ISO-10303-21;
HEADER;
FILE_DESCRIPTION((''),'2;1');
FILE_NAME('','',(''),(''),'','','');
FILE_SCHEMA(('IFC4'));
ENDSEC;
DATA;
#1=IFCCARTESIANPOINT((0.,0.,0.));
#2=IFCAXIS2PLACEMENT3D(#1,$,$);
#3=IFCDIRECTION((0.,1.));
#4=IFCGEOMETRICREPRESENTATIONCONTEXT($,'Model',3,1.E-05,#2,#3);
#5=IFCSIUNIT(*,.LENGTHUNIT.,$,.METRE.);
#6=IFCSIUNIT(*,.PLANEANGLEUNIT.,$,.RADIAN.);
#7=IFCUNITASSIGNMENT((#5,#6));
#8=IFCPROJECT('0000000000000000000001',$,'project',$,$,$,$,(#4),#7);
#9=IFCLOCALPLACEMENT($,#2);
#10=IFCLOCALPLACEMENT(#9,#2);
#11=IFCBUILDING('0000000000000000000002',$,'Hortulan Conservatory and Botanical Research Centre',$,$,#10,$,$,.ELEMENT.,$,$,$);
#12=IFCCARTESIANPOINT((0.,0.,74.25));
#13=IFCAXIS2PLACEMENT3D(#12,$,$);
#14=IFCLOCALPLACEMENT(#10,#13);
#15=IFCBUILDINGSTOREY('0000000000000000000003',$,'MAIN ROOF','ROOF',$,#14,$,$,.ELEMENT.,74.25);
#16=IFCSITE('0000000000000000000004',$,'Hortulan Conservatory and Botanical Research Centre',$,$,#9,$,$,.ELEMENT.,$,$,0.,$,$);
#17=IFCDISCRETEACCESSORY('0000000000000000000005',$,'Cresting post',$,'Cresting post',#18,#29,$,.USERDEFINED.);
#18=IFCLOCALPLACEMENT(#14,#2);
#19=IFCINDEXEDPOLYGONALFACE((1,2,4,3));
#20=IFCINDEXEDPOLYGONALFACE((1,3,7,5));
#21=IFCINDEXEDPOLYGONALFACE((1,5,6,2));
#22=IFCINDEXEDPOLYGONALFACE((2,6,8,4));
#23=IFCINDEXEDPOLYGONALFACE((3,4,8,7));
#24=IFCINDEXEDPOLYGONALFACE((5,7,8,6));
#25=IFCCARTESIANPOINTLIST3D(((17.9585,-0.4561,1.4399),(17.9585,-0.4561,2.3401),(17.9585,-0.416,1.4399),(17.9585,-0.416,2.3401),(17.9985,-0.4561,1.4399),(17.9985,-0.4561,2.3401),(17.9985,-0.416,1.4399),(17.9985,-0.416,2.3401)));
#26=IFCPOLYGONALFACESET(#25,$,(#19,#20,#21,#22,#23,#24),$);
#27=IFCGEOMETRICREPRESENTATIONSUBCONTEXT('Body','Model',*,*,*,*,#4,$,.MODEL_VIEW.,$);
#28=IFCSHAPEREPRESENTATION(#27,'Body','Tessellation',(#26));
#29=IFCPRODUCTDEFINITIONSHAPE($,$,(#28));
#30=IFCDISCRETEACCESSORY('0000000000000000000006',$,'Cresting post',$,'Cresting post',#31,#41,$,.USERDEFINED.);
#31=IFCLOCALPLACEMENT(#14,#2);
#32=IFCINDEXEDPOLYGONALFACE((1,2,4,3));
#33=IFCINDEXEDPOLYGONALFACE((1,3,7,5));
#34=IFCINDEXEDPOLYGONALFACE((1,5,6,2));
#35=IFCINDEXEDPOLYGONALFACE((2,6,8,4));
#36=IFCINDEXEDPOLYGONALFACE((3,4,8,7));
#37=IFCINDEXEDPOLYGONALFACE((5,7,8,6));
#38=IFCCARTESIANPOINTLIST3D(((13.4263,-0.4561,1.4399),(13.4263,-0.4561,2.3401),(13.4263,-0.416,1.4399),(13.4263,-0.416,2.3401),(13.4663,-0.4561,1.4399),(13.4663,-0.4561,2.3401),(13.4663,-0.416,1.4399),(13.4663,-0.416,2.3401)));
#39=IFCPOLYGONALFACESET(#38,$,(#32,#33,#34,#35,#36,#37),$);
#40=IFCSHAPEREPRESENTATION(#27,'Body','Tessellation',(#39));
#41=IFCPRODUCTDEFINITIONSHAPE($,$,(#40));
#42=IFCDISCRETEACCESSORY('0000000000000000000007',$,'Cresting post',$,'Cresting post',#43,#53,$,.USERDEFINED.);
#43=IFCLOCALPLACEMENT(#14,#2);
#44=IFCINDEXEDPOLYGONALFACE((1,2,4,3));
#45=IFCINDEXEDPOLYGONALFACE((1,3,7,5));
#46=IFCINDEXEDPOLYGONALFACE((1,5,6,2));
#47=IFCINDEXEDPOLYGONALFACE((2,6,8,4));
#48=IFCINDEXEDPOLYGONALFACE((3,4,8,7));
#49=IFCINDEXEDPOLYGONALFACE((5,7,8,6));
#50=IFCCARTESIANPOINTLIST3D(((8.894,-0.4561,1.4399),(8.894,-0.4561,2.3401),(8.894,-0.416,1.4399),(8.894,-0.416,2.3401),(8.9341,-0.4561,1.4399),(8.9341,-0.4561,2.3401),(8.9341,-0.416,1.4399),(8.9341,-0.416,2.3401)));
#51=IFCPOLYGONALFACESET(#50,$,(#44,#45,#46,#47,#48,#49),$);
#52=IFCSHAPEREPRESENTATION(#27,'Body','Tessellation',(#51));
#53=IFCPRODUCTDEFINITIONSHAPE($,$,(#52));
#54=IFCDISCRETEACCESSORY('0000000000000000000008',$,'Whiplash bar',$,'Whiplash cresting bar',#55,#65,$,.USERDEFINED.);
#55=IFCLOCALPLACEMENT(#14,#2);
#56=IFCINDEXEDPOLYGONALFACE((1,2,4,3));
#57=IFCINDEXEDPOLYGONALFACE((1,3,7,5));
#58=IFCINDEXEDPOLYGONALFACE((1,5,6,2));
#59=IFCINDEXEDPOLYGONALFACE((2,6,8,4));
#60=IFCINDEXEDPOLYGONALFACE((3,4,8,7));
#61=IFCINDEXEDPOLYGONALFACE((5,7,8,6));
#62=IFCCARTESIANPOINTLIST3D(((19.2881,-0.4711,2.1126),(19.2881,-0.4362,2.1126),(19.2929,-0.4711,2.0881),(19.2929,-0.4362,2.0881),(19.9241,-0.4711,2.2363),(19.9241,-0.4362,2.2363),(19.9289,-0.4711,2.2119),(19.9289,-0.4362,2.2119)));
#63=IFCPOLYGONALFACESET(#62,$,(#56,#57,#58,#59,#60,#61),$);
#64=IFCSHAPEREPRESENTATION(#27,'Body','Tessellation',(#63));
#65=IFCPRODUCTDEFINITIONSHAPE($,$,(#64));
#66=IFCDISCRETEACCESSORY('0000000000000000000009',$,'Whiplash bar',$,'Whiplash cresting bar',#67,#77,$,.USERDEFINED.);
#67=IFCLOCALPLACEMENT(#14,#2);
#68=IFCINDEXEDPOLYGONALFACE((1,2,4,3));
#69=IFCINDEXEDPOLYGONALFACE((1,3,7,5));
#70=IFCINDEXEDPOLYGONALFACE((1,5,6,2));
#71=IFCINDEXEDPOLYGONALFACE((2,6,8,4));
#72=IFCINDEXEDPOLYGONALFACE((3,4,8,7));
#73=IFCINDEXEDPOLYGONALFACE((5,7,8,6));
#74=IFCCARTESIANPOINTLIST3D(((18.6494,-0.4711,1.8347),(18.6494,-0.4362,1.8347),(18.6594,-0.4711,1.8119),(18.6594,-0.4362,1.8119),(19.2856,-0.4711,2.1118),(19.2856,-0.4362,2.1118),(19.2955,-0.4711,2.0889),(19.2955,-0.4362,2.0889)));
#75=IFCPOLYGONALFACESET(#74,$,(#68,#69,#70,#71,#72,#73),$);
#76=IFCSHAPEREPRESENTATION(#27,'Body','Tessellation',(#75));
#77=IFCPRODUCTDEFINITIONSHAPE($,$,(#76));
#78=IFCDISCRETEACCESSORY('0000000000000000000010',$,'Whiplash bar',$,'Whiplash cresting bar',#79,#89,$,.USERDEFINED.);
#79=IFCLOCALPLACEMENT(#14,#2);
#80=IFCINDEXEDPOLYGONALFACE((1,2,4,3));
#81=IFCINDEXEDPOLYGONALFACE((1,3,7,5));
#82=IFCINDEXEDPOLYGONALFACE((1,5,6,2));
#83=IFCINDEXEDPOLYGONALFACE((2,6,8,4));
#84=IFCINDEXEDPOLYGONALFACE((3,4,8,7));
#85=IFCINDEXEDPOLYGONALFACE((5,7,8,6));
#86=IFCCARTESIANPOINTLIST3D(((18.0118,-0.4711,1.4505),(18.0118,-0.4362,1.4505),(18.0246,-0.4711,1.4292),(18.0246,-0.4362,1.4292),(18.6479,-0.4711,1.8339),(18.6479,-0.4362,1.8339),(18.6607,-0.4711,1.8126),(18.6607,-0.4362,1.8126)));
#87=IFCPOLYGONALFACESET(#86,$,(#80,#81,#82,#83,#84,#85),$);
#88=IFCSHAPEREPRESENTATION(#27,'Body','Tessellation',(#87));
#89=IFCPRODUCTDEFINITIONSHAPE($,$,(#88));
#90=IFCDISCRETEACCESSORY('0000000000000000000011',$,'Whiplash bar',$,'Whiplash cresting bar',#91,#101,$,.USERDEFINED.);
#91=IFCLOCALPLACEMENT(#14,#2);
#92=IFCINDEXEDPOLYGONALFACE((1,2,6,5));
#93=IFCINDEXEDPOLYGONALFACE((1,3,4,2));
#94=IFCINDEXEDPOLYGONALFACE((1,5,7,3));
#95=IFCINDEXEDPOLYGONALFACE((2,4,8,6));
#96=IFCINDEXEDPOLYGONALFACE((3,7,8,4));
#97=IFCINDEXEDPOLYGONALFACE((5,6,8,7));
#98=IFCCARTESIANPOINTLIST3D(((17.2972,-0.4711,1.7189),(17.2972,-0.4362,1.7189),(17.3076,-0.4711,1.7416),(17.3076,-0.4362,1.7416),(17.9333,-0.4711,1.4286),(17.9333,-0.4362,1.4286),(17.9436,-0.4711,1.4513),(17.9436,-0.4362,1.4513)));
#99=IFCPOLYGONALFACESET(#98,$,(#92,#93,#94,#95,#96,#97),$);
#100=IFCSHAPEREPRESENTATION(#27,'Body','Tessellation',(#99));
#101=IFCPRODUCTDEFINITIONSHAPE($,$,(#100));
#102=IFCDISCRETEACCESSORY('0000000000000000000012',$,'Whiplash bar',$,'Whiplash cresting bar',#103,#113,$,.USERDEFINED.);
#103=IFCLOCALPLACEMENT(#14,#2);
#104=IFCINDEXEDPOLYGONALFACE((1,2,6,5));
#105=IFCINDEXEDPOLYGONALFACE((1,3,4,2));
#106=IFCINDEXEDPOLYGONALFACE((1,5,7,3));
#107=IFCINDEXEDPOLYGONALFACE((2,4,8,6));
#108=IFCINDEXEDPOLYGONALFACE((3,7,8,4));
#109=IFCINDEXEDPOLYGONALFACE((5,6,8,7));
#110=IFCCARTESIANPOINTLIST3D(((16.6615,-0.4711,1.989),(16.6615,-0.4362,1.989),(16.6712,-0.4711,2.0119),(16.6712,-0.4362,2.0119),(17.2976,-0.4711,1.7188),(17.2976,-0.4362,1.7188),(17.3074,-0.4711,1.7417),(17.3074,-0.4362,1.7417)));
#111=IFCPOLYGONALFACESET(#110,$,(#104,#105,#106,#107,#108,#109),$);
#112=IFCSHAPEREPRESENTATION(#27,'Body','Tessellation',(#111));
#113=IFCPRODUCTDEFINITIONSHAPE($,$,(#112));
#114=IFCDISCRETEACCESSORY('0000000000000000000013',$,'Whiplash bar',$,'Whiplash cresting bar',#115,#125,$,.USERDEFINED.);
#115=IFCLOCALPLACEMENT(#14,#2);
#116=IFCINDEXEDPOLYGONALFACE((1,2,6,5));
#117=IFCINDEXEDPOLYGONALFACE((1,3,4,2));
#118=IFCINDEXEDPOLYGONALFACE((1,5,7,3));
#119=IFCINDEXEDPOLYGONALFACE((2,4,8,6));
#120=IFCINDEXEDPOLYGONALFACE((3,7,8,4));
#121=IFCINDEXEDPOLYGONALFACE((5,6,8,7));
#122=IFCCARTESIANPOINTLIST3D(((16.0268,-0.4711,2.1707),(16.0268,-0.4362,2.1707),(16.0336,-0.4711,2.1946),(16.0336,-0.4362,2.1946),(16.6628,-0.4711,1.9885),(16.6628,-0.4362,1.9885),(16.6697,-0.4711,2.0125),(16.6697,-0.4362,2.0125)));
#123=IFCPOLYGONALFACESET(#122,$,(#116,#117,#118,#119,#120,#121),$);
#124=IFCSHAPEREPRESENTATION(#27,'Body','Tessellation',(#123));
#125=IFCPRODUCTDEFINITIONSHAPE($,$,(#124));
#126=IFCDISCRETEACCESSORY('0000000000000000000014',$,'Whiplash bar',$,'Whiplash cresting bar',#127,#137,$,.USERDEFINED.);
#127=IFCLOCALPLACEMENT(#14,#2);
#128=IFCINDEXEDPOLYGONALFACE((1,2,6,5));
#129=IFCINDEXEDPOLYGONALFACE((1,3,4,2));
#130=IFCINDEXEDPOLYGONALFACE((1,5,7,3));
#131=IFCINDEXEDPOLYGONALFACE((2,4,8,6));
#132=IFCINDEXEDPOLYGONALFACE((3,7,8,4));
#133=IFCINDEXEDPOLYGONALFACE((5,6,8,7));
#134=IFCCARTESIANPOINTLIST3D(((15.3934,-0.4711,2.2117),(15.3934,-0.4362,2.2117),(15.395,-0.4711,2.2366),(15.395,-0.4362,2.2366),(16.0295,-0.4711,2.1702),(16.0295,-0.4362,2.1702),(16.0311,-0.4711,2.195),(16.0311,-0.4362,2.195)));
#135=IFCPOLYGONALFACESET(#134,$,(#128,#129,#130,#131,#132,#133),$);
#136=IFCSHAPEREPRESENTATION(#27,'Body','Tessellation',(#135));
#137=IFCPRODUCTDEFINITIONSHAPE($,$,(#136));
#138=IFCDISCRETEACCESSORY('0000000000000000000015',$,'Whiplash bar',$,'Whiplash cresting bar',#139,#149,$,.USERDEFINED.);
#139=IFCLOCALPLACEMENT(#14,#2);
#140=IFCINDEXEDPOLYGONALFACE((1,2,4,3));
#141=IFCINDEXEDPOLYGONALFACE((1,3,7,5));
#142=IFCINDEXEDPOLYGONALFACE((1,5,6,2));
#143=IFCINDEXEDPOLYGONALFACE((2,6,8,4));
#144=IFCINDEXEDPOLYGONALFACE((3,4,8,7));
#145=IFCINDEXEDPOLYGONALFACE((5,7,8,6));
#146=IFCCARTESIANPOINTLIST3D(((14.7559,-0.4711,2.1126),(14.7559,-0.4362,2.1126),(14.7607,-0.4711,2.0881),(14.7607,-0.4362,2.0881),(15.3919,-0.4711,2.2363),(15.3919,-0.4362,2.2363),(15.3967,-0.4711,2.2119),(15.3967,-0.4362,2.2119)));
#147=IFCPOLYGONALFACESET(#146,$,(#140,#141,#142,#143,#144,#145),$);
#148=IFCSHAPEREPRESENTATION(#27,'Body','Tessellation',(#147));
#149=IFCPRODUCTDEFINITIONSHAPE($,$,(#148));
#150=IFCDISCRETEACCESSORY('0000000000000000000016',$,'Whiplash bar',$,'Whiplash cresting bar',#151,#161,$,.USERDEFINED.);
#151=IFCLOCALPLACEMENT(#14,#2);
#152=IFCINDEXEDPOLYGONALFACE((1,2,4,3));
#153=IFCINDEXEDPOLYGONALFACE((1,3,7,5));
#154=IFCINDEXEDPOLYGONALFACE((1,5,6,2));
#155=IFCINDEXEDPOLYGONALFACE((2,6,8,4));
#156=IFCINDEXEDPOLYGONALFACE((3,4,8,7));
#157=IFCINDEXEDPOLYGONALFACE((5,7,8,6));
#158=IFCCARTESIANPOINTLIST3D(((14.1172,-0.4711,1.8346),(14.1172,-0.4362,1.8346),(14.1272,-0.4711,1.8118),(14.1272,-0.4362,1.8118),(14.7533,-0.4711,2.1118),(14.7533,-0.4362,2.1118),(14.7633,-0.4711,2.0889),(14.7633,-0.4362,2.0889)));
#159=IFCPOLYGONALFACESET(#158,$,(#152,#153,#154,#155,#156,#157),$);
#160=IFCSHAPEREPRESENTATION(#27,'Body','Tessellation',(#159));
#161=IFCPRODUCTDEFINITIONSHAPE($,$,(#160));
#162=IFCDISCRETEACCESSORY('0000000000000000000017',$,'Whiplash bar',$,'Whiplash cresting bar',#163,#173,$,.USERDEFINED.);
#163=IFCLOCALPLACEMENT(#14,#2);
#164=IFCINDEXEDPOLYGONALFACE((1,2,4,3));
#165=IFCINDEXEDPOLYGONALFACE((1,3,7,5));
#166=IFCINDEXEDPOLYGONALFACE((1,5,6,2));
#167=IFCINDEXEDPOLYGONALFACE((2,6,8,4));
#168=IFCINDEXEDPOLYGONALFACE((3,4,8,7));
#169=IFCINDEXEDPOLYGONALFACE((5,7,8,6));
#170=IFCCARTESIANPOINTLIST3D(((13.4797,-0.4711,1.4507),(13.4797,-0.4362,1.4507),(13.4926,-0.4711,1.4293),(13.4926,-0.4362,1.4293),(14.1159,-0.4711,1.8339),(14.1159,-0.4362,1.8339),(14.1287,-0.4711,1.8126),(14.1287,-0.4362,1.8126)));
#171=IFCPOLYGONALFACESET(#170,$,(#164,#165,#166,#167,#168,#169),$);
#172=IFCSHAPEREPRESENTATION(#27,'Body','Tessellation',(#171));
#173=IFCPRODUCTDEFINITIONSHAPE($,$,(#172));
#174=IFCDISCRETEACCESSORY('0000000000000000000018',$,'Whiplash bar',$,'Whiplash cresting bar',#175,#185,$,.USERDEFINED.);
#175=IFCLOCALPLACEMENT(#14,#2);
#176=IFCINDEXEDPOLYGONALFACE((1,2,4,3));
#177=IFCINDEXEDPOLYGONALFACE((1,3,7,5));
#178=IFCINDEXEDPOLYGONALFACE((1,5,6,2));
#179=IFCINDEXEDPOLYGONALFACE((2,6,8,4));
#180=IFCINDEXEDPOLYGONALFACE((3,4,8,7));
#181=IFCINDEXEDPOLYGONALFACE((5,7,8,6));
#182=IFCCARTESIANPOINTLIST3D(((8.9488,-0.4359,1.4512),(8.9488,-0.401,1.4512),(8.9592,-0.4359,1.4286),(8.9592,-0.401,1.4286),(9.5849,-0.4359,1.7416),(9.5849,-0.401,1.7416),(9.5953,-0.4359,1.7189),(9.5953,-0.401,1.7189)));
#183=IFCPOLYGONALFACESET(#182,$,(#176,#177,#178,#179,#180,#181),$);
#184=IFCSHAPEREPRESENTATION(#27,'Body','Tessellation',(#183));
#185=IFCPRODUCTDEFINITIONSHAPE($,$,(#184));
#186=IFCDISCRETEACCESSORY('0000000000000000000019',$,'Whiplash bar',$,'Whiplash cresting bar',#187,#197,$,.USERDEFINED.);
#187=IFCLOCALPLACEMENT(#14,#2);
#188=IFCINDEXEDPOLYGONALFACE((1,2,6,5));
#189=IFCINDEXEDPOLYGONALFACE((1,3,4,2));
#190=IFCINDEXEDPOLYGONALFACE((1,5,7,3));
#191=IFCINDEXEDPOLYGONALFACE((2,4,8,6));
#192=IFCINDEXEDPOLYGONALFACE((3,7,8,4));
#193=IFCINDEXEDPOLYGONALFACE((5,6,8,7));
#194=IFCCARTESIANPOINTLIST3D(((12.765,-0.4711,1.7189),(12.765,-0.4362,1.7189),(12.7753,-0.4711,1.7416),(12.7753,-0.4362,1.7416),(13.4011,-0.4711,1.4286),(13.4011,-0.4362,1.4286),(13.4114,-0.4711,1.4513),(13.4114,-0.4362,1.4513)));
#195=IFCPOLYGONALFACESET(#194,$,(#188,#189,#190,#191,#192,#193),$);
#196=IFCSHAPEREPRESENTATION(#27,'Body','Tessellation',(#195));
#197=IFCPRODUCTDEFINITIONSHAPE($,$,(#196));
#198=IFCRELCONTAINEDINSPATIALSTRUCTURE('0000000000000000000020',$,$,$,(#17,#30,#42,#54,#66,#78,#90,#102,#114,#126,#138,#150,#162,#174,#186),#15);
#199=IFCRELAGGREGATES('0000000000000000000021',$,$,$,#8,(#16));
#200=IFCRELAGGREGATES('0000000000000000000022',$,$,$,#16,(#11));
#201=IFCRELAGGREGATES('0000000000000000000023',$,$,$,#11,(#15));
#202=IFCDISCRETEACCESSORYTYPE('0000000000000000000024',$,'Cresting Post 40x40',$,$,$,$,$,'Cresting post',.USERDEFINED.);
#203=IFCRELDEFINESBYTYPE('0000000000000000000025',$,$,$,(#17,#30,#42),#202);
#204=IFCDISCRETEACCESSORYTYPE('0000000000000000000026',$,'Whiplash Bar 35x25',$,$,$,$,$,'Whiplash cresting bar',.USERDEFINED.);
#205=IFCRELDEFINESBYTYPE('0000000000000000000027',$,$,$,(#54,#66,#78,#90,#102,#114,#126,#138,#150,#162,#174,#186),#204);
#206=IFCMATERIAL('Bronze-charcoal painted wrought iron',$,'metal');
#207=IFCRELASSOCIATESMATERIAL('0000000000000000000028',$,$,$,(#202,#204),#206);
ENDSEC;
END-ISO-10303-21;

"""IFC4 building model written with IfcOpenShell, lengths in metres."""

from ifc_helpers import new_model, si_unit, direction, frame, origin, origin_2d, place, context, subcontext, project, spatial, rectangle, extrude, material, material_profile, profile_set, type_object, element, save


model = new_model("IFC4")

# Units and contexts
model_context = context("Model", 3, precision=1e-05, world=origin(), true_north=direction((0.0, 1.0)))
body_context = subcontext(model_context, "Body", "Model", "MODEL_VIEW")
ifc_project = project(units=[si_unit("LENGTHUNIT", "METRE"), si_unit("PLANEANGLEUNIT", "RADIAN")], contexts=[model_context])

# Site, building, storey
site_placement = place(None, origin())
site = spatial("IfcSite", under=ifc_project, at=site_placement, Name="Hortulan Conservatory and Botanical Research Centre", CompositionType="ELEMENT", RefElevation=0.0)
building_placement = place(site_placement, origin())
building = spatial("IfcBuilding", under=site, at=building_placement, Name="Hortulan Conservatory and Botanical Research Centre", CompositionType="ELEMENT")
storey_placement = place(building_placement, frame((0.0, 0.0, 74.25)))
storey = spatial("IfcBuildingStorey", under=building, at=storey_placement, Name="MAIN ROOF", Description="ROOF", CompositionType="ELEMENT", Elevation=74.25)

# Discrete accessories
ifc_material = material(Name="Bronze-charcoal painted wrought iron", Category="metal")
ifc_material_profile_1 = material_profile(ifc_material, rectangle(XDim=0.04, YDim=0.04, at=origin_2d()), Name="Square bar 40x40")
ifc_profile_set_1 = profile_set([ifc_material_profile_1], Name="Bronze-charcoal painted wrought iron")
discrete_accessory_type_1 = type_object("IfcDiscreteAccessoryType", Name="Cresting Post 40x40", ElementType="Cresting post", PredefinedType="USERDEFINED", material=ifc_profile_set_1)
for number, where, z_axis, x_axis, name in (
    (1, (17.9785, -0.436, 1.4399), (0.0, 0.0, 1.0), (1.0, 0.0, 0.0), "Cresting post"),
    (2, (13.4463, -0.436, 1.4399), (0.0, 0.0, 1.0), (1.0, 0.0, 0.0), "Cresting post"),
    (3, (8.9141, -0.436, 1.4399), (0.0, 0.0, 1.0), (1.0, 0.0, 0.0), "Cresting post"),
):
    element("IfcDiscreteAccessory", number, at=place(storey_placement, frame(where, z_axis=z_axis, x_axis=x_axis)), inside=storey, type_object=discrete_accessory_type_1, Name=name, ObjectType="Cresting post", PredefinedType="USERDEFINED", context=body_context, shape_type="SweptSolid", body=[
        extrude(rectangle(XDim=0.04, YDim=0.04, at=origin_2d()), origin(), (0.0, 0.0, 1.0), 0.9001),
    ])
ifc_material_profile_2 = material_profile(ifc_material, rectangle(XDim=0.0349, YDim=0.0249, at=origin_2d()), Name="Flat bar 35x25")
ifc_profile_set_2 = profile_set([ifc_material_profile_2], Name="Bronze-charcoal painted wrought iron")
discrete_accessory_type_2 = type_object("IfcDiscreteAccessoryType", Name="Whiplash Bar 35x25", ElementType="Whiplash cresting bar", PredefinedType="USERDEFINED", material=ifc_profile_set_2)
discrete_accessory_1_placement = place(storey_placement, frame((19.9265, -0.4536, 2.2241), z_axis=(-0.981582, 0.0, -0.191041), x_axis=(0.0, -1.0, 0.0)))
element("IfcDiscreteAccessory", 4, at=discrete_accessory_1_placement, inside=storey, type_object=discrete_accessory_type_2, Name="Whiplash bar", ObjectType="Whiplash cresting bar", PredefinedType="USERDEFINED", context=body_context, shape_type="SweptSolid", body=[
    extrude(rectangle(XDim=0.0349, YDim=0.0249, at=origin_2d()), origin(), (0.0, 0.0, 1.0), 0.6479),
])
discrete_accessory_2_placement = place(storey_placement, frame((19.2905, -0.4536, 2.1003), z_axis=(-0.916818, 0.0, -0.399305), x_axis=(0.0, -1.0, 0.0)))
element("IfcDiscreteAccessory", 5, at=discrete_accessory_2_placement, inside=storey, type_object=discrete_accessory_type_2, Name="Whiplash bar", ObjectType="Whiplash cresting bar", PredefinedType="USERDEFINED", context=body_context, shape_type="SweptSolid", body=[
    extrude(rectangle(XDim=0.0349, YDim=0.0249, at=origin_2d()), origin(), (0.0, 0.0, 1.0), 0.6938),
])
discrete_accessory_3_placement = place(storey_placement, frame((18.6543, -0.4536, 1.8232), z_axis=(-0.856476, 0.0, -0.516187), x_axis=(0.0, -1.0, 0.0)))
element("IfcDiscreteAccessory", 6, at=discrete_accessory_3_placement, inside=storey, type_object=discrete_accessory_type_2, Name="Whiplash bar", ObjectType="Whiplash cresting bar", PredefinedType="USERDEFINED", context=body_context, shape_type="SweptSolid", body=[
    extrude(rectangle(XDim=0.0349, YDim=0.0249, at=origin_2d()), origin(), (0.0, 0.0, 1.0), 0.7427),
])
discrete_accessory_4_placement = place(storey_placement, frame((17.9385, -0.4536, 1.4399), z_axis=(-0.90972, 0.0, 0.415223), x_axis=(0.0, -1.0, 0.0)))
element("IfcDiscreteAccessory", 7, at=discrete_accessory_4_placement, inside=storey, type_object=discrete_accessory_type_2, Name="Whiplash bar", ObjectType="Whiplash cresting bar", PredefinedType="USERDEFINED", context=body_context, shape_type="SweptSolid", body=[
    extrude(rectangle(XDim=0.0349, YDim=0.0249, at=origin_2d()), origin(), (0.0, 0.0, 1.0), 0.6992),
])
discrete_accessory_5_placement = place(storey_placement, frame((17.3025, -0.4536, 1.7302), z_axis=(-0.920401, 0.0, 0.390976), x_axis=(0.0, -1.0, 0.0)))
element("IfcDiscreteAccessory", 8, at=discrete_accessory_5_placement, inside=storey, type_object=discrete_accessory_type_2, Name="Whiplash bar", ObjectType="Whiplash cresting bar", PredefinedType="USERDEFINED", context=body_context, shape_type="SweptSolid", body=[
    extrude(rectangle(XDim=0.0349, YDim=0.0249, at=origin_2d()), origin(), (0.0, 0.0, 1.0), 0.6912),
])
discrete_accessory_6_placement = place(storey_placement, frame((16.6663, -0.4536, 2.0005), z_axis=(-0.961357, 0.0, 0.275306), x_axis=(0.0, -1.0, 0.0)))
element("IfcDiscreteAccessory", 9, at=discrete_accessory_6_placement, inside=storey, type_object=discrete_accessory_type_2, Name="Whiplash bar", ObjectType="Whiplash cresting bar", PredefinedType="USERDEFINED", context=body_context, shape_type="SweptSolid", body=[
    extrude(rectangle(XDim=0.0349, YDim=0.0249, at=origin_2d()), origin(), (0.0, 0.0, 1.0), 0.6616),
])
discrete_accessory_7_placement = place(storey_placement, frame((16.0303, -0.4536, 2.1826), z_axis=(-0.997877, 0.0, 0.065121), x_axis=(0.0, -1.0, 0.0)))
element("IfcDiscreteAccessory", 10, at=discrete_accessory_7_placement, inside=storey, type_object=discrete_accessory_type_2, Name="Whiplash bar", ObjectType="Whiplash cresting bar", PredefinedType="USERDEFINED", context=body_context, shape_type="SweptSolid", body=[
    extrude(rectangle(XDim=0.0349, YDim=0.0249, at=origin_2d()), origin(), (0.0, 0.0, 1.0), 0.6375),
])
discrete_accessory_8_placement = place(storey_placement, frame((15.3943, -0.4536, 2.2241), z_axis=(-0.981582, 0.0, -0.191041), x_axis=(0.0, -1.0, 0.0)))
element("IfcDiscreteAccessory", 11, at=discrete_accessory_8_placement, inside=storey, type_object=discrete_accessory_type_2, Name="Whiplash bar", ObjectType="Whiplash cresting bar", PredefinedType="USERDEFINED", context=body_context, shape_type="SweptSolid", body=[
    extrude(rectangle(XDim=0.0349, YDim=0.0249, at=origin_2d()), origin(), (0.0, 0.0, 1.0), 0.6479),
])
discrete_accessory_9_placement = place(storey_placement, frame((14.7583, -0.4536, 2.1003), z_axis=(-0.916762, 0.0, -0.399434), x_axis=(0.0, -1.0, 0.0)))
element("IfcDiscreteAccessory", 12, at=discrete_accessory_9_placement, inside=storey, type_object=discrete_accessory_type_2, Name="Whiplash bar", ObjectType="Whiplash cresting bar", PredefinedType="USERDEFINED", context=body_context, shape_type="SweptSolid", body=[
    extrude(rectangle(XDim=0.0349, YDim=0.0249, at=origin_2d()), origin(), (0.0, 0.0, 1.0), 0.6938),
])
discrete_accessory_10_placement = place(storey_placement, frame((14.1223, -0.4536, 1.8232), z_axis=(-0.856563, 0.0, -0.516042), x_axis=(0.0, -1.0, 0.0)))
element("IfcDiscreteAccessory", 13, at=discrete_accessory_10_placement, inside=storey, type_object=discrete_accessory_type_2, Name="Whiplash bar", ObjectType="Whiplash cresting bar", PredefinedType="USERDEFINED", context=body_context, shape_type="SweptSolid", body=[
    extrude(rectangle(XDim=0.0349, YDim=0.0249, at=origin_2d()), origin(), (0.0, 0.0, 1.0), 0.7427),
])
for number, where, z_axis, x_axis, name in (
    (14, (9.5901, -0.4185, 1.7302), (-0.90972, 0.0, -0.415223), (0.0, -1.0, 0.0), "Whiplash bar"),
    (15, (13.4062, -0.4536, 1.4399), (-0.90972, 0.0, 0.415223), (0.0, -1.0, 0.0), "Whiplash bar"),
):
    element("IfcDiscreteAccessory", number, at=place(storey_placement, frame(where, z_axis=z_axis, x_axis=x_axis)), inside=storey, type_object=discrete_accessory_type_2, Name=name, ObjectType="Whiplash cresting bar", PredefinedType="USERDEFINED", context=body_context, shape_type="SweptSolid", body=[
        extrude(rectangle(XDim=0.0349, YDim=0.0249, at=origin_2d()), origin(), (0.0, 0.0, 1.0), 0.6992),
    ])

save(model, "model.ifc")
